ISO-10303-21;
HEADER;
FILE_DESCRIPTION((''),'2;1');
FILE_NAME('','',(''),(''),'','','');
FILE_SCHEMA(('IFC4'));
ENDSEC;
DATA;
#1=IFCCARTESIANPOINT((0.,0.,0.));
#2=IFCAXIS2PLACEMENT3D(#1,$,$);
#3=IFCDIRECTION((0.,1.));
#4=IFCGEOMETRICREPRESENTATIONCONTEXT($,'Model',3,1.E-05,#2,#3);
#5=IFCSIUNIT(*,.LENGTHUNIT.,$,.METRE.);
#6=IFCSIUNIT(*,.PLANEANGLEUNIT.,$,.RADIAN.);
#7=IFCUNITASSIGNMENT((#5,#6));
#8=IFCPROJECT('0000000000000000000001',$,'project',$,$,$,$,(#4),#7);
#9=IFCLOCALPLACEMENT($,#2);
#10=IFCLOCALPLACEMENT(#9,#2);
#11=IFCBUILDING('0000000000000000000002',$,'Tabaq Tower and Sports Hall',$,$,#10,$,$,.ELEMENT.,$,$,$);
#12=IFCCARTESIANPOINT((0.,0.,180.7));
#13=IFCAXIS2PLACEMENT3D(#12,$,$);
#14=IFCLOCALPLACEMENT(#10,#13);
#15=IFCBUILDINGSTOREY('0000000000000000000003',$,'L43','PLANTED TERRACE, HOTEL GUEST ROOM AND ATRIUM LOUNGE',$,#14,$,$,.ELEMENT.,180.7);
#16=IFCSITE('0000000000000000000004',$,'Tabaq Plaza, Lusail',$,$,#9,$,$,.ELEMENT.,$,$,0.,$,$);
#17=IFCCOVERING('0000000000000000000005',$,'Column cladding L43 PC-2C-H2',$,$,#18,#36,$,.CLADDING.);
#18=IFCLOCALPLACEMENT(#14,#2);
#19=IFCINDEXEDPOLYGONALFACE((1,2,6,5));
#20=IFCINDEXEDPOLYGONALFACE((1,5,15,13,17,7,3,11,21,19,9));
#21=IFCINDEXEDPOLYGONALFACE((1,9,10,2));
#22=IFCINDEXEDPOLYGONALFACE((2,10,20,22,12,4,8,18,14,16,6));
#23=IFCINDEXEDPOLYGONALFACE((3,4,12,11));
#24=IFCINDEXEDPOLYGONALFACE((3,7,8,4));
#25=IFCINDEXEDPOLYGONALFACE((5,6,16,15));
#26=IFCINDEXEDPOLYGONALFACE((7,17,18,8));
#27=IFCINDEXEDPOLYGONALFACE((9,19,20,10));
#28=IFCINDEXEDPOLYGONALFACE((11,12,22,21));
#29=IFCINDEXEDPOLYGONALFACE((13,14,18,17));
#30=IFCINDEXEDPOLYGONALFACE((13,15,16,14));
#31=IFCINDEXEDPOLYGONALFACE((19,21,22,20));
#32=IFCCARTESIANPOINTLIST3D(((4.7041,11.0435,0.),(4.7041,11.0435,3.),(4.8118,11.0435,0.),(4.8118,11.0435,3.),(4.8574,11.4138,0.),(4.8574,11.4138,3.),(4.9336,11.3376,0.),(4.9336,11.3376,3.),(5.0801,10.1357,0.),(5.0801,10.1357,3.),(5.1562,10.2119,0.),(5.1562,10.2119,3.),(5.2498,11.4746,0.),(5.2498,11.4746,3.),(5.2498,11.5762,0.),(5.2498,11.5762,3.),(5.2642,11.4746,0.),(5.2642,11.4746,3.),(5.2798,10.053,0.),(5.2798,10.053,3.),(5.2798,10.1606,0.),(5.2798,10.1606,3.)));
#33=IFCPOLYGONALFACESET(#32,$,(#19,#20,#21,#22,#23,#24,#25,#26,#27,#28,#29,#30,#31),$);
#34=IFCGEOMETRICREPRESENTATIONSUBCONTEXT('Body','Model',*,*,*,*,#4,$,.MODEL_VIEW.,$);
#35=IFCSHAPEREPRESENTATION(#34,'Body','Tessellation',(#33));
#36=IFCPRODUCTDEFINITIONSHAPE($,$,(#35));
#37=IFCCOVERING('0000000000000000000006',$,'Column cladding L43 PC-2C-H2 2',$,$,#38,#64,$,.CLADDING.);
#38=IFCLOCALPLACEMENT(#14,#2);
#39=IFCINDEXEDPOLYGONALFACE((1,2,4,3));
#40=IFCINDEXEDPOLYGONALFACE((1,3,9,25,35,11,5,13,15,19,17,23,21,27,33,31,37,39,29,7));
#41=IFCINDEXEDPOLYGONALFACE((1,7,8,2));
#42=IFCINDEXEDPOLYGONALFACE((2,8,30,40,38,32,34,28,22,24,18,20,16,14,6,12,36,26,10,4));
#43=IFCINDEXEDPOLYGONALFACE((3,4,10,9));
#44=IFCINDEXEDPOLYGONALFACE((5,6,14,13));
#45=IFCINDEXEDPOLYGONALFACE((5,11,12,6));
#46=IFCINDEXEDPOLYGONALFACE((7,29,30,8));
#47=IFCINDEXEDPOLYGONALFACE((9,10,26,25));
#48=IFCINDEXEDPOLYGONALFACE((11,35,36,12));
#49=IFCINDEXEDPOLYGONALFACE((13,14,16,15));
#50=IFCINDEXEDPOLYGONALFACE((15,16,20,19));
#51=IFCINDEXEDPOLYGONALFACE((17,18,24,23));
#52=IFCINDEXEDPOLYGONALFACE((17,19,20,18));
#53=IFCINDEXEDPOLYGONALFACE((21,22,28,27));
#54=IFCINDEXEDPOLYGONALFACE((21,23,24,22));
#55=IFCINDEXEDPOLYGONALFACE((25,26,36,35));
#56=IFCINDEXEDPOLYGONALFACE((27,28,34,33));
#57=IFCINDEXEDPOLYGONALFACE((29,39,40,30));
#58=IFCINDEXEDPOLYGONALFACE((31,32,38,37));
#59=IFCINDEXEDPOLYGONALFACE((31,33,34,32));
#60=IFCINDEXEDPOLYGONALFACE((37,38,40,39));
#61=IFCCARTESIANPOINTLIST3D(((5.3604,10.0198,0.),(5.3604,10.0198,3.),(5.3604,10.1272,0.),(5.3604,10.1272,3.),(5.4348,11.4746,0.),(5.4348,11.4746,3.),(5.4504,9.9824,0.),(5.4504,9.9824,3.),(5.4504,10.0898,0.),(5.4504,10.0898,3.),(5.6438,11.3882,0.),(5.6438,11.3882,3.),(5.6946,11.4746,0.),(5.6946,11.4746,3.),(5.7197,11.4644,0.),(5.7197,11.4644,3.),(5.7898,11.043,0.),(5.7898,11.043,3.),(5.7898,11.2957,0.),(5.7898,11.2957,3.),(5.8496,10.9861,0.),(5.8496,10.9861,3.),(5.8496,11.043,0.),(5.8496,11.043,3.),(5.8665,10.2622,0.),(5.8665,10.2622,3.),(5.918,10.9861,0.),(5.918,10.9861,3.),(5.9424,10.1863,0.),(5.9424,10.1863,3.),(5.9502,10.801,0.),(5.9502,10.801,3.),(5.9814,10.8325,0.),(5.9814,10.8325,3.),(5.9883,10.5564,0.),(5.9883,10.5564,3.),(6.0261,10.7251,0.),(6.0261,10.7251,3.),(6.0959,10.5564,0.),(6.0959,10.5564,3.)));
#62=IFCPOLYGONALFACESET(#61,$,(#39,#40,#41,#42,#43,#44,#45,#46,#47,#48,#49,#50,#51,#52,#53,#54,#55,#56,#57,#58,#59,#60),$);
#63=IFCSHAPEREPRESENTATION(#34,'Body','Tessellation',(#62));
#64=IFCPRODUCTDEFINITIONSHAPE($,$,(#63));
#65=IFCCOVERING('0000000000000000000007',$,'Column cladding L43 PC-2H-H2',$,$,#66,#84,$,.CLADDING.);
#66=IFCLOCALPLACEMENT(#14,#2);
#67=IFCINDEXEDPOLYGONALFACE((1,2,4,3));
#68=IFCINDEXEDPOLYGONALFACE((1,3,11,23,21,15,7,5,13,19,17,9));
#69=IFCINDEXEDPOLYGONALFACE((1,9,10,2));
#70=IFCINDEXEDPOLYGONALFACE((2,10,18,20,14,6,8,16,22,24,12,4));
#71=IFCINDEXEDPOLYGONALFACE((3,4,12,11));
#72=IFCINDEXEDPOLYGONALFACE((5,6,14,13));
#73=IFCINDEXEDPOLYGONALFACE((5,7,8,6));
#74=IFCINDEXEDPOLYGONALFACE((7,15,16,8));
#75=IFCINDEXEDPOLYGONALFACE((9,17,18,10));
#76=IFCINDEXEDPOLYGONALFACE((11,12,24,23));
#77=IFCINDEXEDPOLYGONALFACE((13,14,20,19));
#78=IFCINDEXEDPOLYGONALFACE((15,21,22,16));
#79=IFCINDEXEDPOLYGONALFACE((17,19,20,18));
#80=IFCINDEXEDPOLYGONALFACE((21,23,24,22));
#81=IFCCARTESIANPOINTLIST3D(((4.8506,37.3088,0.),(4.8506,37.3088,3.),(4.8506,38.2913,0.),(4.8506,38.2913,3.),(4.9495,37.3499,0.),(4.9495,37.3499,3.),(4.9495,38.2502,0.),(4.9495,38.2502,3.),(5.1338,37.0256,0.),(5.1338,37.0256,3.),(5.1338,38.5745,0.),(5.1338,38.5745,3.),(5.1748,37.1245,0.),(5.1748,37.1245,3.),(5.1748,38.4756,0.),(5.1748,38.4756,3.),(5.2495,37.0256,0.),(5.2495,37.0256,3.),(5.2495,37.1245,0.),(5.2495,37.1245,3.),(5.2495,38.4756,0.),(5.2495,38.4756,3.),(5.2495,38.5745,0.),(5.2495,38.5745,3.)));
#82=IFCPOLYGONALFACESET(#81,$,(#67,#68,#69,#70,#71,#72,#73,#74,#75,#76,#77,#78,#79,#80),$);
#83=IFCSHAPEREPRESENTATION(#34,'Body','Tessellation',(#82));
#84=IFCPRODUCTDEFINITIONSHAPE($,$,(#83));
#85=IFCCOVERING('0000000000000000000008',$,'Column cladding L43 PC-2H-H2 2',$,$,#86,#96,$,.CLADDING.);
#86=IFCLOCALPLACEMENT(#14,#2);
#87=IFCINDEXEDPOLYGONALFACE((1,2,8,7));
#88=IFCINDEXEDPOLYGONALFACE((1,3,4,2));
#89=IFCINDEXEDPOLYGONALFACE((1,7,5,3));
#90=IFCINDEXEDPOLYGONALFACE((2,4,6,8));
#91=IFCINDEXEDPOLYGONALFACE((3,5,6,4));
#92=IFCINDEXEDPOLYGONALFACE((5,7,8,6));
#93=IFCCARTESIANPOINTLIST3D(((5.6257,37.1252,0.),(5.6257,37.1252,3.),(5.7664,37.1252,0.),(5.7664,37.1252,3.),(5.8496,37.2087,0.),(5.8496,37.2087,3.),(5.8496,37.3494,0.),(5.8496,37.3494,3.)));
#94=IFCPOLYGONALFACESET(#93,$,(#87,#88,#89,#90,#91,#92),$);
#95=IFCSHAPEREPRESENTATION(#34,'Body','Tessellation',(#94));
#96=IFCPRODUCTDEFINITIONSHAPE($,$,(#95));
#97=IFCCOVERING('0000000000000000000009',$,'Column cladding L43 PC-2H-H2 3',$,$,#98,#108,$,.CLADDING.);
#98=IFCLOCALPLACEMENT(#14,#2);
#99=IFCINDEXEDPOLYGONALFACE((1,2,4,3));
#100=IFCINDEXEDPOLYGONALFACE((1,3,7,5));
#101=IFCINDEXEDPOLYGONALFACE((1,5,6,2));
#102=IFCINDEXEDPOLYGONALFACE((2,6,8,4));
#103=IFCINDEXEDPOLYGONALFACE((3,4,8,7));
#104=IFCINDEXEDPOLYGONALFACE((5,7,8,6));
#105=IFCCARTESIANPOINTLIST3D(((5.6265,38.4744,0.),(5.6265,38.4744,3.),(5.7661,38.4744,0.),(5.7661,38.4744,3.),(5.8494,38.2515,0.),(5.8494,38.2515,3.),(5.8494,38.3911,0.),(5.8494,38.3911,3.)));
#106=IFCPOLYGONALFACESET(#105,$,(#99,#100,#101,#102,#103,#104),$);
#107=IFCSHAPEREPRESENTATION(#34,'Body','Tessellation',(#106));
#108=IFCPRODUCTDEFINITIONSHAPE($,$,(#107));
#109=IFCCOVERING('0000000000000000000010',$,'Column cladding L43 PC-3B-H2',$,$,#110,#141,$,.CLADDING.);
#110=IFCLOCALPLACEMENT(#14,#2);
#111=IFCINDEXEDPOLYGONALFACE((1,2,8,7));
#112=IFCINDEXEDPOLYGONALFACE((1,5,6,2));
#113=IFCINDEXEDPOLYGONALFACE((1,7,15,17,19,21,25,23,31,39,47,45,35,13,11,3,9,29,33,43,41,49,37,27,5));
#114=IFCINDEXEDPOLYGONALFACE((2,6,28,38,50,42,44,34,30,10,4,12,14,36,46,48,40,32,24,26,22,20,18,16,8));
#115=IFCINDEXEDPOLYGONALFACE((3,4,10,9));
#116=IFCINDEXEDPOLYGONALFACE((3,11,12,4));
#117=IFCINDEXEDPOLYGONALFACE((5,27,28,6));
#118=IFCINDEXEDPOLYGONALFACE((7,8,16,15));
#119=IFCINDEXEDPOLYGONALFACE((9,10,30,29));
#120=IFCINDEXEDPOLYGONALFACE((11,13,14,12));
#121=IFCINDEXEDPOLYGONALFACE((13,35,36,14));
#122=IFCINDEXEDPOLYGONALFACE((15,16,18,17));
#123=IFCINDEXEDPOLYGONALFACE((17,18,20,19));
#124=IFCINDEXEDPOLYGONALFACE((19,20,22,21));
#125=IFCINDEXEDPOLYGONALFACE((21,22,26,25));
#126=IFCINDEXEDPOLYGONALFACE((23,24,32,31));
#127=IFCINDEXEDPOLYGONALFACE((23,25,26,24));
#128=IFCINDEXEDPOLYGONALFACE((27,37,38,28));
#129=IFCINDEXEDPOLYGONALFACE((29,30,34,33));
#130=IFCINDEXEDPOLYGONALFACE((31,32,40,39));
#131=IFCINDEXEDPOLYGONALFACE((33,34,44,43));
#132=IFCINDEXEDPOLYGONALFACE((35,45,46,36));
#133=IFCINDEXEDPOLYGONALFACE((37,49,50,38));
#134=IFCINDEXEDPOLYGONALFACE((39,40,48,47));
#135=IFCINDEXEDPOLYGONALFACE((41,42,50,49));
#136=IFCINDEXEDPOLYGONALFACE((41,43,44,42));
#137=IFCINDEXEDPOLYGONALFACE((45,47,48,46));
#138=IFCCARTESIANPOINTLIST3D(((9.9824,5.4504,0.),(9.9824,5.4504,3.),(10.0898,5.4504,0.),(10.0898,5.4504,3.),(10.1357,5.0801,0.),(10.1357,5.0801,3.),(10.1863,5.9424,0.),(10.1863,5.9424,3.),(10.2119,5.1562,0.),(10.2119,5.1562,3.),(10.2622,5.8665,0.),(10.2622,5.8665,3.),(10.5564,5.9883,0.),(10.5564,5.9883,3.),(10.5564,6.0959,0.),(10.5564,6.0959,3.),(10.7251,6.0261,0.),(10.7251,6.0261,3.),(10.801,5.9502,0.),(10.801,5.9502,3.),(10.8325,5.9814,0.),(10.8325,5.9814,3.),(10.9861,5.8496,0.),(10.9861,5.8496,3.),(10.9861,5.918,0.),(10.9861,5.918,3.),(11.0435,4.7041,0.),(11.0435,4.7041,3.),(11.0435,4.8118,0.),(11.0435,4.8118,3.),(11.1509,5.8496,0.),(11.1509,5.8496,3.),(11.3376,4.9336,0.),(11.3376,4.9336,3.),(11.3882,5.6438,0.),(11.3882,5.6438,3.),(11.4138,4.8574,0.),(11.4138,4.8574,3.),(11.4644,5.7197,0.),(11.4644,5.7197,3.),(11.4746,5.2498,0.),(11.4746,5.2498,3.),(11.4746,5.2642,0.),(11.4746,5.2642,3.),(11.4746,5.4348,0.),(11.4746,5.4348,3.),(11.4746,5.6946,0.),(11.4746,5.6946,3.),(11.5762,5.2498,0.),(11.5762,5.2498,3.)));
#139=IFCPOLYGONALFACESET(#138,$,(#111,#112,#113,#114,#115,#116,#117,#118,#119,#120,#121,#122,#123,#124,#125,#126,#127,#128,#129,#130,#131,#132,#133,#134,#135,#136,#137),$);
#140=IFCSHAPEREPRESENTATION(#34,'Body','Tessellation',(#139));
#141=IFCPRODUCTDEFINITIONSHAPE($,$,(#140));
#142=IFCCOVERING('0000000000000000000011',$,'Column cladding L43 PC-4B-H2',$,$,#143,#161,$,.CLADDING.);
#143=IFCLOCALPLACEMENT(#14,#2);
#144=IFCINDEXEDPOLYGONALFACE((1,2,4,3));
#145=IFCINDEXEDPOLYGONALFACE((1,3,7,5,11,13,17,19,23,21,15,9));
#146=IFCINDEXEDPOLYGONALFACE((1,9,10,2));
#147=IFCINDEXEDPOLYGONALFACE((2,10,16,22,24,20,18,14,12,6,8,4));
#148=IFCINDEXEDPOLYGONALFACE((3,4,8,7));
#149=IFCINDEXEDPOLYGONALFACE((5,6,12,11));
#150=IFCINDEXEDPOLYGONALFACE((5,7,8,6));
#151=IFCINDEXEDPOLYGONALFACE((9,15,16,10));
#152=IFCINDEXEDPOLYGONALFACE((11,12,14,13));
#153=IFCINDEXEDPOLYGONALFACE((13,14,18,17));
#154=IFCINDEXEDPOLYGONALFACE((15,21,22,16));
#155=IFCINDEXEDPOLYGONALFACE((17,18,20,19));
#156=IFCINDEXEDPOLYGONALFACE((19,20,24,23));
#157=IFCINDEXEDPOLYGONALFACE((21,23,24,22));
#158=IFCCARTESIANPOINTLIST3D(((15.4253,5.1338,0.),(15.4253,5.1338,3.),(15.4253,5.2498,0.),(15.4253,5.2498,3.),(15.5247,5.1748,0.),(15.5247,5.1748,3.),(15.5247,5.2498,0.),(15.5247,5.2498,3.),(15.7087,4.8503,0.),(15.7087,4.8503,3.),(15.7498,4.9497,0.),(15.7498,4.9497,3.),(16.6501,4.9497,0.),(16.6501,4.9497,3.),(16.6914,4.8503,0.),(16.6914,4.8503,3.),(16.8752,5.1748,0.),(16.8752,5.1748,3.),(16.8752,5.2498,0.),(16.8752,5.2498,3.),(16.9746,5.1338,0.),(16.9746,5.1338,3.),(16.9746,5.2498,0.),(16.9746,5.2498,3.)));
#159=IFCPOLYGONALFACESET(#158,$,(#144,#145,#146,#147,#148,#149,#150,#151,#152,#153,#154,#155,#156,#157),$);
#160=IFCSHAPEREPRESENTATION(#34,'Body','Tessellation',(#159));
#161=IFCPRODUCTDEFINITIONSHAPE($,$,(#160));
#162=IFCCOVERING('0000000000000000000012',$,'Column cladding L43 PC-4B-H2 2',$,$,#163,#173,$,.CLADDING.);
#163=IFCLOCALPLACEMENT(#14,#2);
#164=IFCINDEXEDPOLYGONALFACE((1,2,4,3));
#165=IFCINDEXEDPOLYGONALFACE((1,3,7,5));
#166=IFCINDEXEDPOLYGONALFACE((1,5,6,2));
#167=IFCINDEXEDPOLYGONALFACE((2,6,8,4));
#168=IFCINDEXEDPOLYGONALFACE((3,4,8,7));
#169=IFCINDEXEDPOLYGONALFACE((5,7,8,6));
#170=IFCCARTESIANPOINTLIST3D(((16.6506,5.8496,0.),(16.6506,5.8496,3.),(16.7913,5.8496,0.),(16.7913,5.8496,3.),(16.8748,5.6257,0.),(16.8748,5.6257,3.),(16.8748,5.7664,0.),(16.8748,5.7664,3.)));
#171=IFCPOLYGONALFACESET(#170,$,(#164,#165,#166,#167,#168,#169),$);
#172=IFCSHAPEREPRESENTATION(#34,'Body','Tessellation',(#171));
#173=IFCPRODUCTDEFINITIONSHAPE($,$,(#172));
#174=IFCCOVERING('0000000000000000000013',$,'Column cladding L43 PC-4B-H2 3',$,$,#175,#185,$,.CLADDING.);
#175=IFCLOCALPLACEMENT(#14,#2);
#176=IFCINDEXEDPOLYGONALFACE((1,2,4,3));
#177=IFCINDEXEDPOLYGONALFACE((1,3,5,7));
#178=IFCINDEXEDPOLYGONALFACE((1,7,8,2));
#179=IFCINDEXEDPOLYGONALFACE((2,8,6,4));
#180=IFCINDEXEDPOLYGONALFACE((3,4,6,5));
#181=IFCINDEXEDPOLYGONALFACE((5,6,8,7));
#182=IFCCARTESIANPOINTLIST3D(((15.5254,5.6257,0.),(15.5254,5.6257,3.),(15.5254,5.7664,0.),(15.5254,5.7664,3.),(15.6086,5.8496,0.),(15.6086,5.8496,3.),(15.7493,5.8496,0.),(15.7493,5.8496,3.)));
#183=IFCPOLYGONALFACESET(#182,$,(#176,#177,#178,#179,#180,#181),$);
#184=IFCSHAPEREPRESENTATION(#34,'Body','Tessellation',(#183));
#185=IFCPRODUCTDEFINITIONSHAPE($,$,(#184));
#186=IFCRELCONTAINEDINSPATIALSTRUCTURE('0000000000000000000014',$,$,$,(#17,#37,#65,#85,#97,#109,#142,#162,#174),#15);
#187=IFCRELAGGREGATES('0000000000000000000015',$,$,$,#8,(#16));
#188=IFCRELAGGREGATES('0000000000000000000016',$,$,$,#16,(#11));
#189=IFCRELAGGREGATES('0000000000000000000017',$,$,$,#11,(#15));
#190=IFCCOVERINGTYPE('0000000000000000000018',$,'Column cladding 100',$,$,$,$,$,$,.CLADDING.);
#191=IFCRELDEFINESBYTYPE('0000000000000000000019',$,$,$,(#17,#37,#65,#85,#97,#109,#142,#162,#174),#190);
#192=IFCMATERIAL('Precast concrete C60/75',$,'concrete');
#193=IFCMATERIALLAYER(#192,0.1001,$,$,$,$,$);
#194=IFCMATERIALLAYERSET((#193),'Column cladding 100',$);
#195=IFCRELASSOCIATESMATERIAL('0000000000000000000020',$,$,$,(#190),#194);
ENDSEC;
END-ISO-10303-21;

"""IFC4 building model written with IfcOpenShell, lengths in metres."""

from ifc_helpers import new_model, si_unit, direction, frame, origin, place, context, subcontext, project, spatial, polyline, outline, extrude, material, layer, layer_set, type_object, element, save


model = new_model("IFC4")

# Units and contexts
model_context = context("Model", 3, precision=1e-05, world=origin(), true_north=direction((0.0, 1.0)))
body_context = subcontext(model_context, "Body", "Model", "MODEL_VIEW")
ifc_project = project(units=[si_unit("LENGTHUNIT", "METRE"), si_unit("PLANEANGLEUNIT", "RADIAN")], contexts=[model_context])

# Site, building, storey
site_placement = place(None, origin())
site = spatial("IfcSite", under=ifc_project, at=site_placement, Name="Tabaq Plaza, Lusail", CompositionType="ELEMENT", RefElevation=0.0)
building_placement = place(site_placement, origin())
building = spatial("IfcBuilding", under=site, at=building_placement, Name="Tabaq Tower and Sports Hall", CompositionType="ELEMENT")
storey_placement = place(building_placement, frame((0.0, 0.0, 180.7)))
storey = spatial("IfcBuildingStorey", under=building, at=storey_placement, Name="L43", Description="PLANTED TERRACE, HOTEL GUEST ROOM AND ATRIUM LOUNGE", CompositionType="ELEMENT", Elevation=180.7)

# Coverings
ifc_material_1 = material(Name="Precast concrete C60/75", Category="concrete")
ifc_layer_1 = layer(ifc_material_1, 0.1001)
ifc_layer_set_1 = layer_set([ifc_layer_1], Name="Column cladding 100")
covering_type_1 = type_object("IfcCoveringType", Name="Column cladding 100", PredefinedType="CLADDING", material=ifc_layer_set_1)
covering_1_placement = place(storey_placement, origin())
element("IfcCovering", 1, at=covering_1_placement, inside=storey, type_object=covering_type_1, Name="Column cladding L43 PC-2C-H2", PredefinedType="CLADDING", context=body_context, shape_type="SweptSolid", body=[
    extrude(outline(polyline([(5.0801, 10.1357), (4.7041, 11.0435), (4.8574, 11.4138), (5.2498, 11.5762), (5.2498, 11.4746), (5.2642, 11.4746), (4.9336, 11.3376), (4.8118, 11.0435), (5.1562, 10.2119), (5.2798, 10.1606), (5.2798, 10.053), (5.0801, 10.1357)])), origin(), (0.0, 0.0, 1.0), 3.0),
])
covering_2_placement = place(storey_placement, origin())
element("IfcCovering", 2, at=covering_2_placement, inside=storey, type_object=covering_type_1, Name="Column cladding L43 PC-2C-H2 2", PredefinedType="CLADDING", context=body_context, shape_type="SweptSolid", body=[
    extrude(outline(polyline([(5.4504, 9.9824), (5.3604, 10.0198), (5.3604, 10.1272), (5.4504, 10.0898), (5.8665, 10.2622), (5.9883, 10.5564), (5.6438, 11.3882), (5.4348, 11.4746), (5.6946, 11.4746), (5.7197, 11.4644), (5.7898, 11.2957), (5.7898, 11.043), (5.8496, 11.043), (5.8496, 10.9861), (5.918, 10.9861), (5.9814, 10.8325), (5.9502, 10.801), (6.0261, 10.7251), (6.0959, 10.5564), (5.9424, 10.1863), (5.4504, 9.9824)])), origin(), (0.0, 0.0, 1.0), 3.0),
])
covering_3_placement = place(storey_placement, origin())
element("IfcCovering", 3, at=covering_3_placement, inside=storey, type_object=covering_type_1, Name="Column cladding L43 PC-2H-H2", PredefinedType="CLADDING", context=body_context, shape_type="SweptSolid", body=[
    extrude(outline(polyline([(5.1338, 37.0256), (4.8506, 37.3088), (4.8506, 38.2913), (5.1338, 38.5745), (5.2495, 38.5745), (5.2495, 38.4756), (5.1748, 38.4756), (4.9495, 38.2502), (4.9495, 37.3499), (5.1748, 37.1245), (5.2495, 37.1245), (5.2495, 37.0256), (5.1338, 37.0256)])), origin(), (0.0, 0.0, 1.0), 3.0),
])
covering_4_placement = place(storey_placement, origin())
element("IfcCovering", 4, at=covering_4_placement, inside=storey, type_object=covering_type_1, Name="Column cladding L43 PC-2H-H2 2", PredefinedType="CLADDING", context=body_context, shape_type="SweptSolid", body=[
    extrude(outline(polyline([(5.7664, 37.1252), (5.6257, 37.1252), (5.8496, 37.3494), (5.8496, 37.2087), (5.7664, 37.1252)])), origin(), (0.0, 0.0, 1.0), 3.0),
])
covering_5_placement = place(storey_placement, origin())
element("IfcCovering", 5, at=covering_5_placement, inside=storey, type_object=covering_type_1, Name="Column cladding L43 PC-2H-H2 3", PredefinedType="CLADDING", context=body_context, shape_type="SweptSolid", body=[
    extrude(outline(polyline([(5.6265, 38.4744), (5.7661, 38.4744), (5.8494, 38.3911), (5.8494, 38.2515), (5.6265, 38.4744)])), origin(), (0.0, 0.0, 1.0), 3.0),
])
covering_6_placement = place(storey_placement, origin())
element("IfcCovering", 6, at=covering_6_placement, inside=storey, type_object=covering_type_1, Name="Column cladding L43 PC-3B-H2", PredefinedType="CLADDING", context=body_context, shape_type="SweptSolid", body=[
    extrude(outline(polyline([(11.4138, 4.8574), (11.0435, 4.7041), (10.1357, 5.0801), (9.9824, 5.4504), (10.1863, 5.9424), (10.5564, 6.0959), (10.7251, 6.0261), (10.801, 5.9502), (10.8325, 5.9814), (10.9861, 5.918), (10.9861, 5.8496), (11.1509, 5.8496), (11.4644, 5.7197), (11.4746, 5.6946), (11.4746, 5.4348), (11.3882, 5.6438), (10.5564, 5.9883), (10.2622, 5.8665), (10.0898, 5.4504), (10.2119, 5.1562), (11.0435, 4.8118), (11.3376, 4.9336), (11.4746, 5.2642), (11.4746, 5.2498), (11.5762, 5.2498), (11.4138, 4.8574)])), origin(), (0.0, 0.0, 1.0), 3.0),
])
covering_7_placement = place(storey_placement, origin())
element("IfcCovering", 7, at=covering_7_placement, inside=storey, type_object=covering_type_1, Name="Column cladding L43 PC-4B-H2", PredefinedType="CLADDING", context=body_context, shape_type="SweptSolid", body=[
    extrude(outline(polyline([(15.4253, 5.2498), (15.5247, 5.2498), (15.5247, 5.1748), (15.7498, 4.9497), (16.6501, 4.9497), (16.8752, 5.1748), (16.8752, 5.2498), (16.9746, 5.2498), (16.9746, 5.1338), (16.6914, 4.8503), (15.7087, 4.8503), (15.4253, 5.1338), (15.4253, 5.2498)])), origin(), (0.0, 0.0, 1.0), 3.0),
])
covering_8_placement = place(storey_placement, origin())
element("IfcCovering", 8, at=covering_8_placement, inside=storey, type_object=covering_type_1, Name="Column cladding L43 PC-4B-H2 2", PredefinedType="CLADDING", context=body_context, shape_type="SweptSolid", body=[
    extrude(outline(polyline([(16.8748, 5.7664), (16.8748, 5.6257), (16.6506, 5.8496), (16.7913, 5.8496), (16.8748, 5.7664)])), origin(), (0.0, 0.0, 1.0), 3.0),
])
covering_9_placement = place(storey_placement, origin())
element("IfcCovering", 9, at=covering_9_placement, inside=storey, type_object=covering_type_1, Name="Column cladding L43 PC-4B-H2 3", PredefinedType="CLADDING", context=body_context, shape_type="SweptSolid", body=[
    extrude(outline(polyline([(15.6086, 5.8496), (15.7493, 5.8496), (15.5254, 5.6257), (15.5254, 5.7664), (15.6086, 5.8496)])), origin(), (0.0, 0.0, 1.0), 3.0),
])

save(model, "model.ifc")
